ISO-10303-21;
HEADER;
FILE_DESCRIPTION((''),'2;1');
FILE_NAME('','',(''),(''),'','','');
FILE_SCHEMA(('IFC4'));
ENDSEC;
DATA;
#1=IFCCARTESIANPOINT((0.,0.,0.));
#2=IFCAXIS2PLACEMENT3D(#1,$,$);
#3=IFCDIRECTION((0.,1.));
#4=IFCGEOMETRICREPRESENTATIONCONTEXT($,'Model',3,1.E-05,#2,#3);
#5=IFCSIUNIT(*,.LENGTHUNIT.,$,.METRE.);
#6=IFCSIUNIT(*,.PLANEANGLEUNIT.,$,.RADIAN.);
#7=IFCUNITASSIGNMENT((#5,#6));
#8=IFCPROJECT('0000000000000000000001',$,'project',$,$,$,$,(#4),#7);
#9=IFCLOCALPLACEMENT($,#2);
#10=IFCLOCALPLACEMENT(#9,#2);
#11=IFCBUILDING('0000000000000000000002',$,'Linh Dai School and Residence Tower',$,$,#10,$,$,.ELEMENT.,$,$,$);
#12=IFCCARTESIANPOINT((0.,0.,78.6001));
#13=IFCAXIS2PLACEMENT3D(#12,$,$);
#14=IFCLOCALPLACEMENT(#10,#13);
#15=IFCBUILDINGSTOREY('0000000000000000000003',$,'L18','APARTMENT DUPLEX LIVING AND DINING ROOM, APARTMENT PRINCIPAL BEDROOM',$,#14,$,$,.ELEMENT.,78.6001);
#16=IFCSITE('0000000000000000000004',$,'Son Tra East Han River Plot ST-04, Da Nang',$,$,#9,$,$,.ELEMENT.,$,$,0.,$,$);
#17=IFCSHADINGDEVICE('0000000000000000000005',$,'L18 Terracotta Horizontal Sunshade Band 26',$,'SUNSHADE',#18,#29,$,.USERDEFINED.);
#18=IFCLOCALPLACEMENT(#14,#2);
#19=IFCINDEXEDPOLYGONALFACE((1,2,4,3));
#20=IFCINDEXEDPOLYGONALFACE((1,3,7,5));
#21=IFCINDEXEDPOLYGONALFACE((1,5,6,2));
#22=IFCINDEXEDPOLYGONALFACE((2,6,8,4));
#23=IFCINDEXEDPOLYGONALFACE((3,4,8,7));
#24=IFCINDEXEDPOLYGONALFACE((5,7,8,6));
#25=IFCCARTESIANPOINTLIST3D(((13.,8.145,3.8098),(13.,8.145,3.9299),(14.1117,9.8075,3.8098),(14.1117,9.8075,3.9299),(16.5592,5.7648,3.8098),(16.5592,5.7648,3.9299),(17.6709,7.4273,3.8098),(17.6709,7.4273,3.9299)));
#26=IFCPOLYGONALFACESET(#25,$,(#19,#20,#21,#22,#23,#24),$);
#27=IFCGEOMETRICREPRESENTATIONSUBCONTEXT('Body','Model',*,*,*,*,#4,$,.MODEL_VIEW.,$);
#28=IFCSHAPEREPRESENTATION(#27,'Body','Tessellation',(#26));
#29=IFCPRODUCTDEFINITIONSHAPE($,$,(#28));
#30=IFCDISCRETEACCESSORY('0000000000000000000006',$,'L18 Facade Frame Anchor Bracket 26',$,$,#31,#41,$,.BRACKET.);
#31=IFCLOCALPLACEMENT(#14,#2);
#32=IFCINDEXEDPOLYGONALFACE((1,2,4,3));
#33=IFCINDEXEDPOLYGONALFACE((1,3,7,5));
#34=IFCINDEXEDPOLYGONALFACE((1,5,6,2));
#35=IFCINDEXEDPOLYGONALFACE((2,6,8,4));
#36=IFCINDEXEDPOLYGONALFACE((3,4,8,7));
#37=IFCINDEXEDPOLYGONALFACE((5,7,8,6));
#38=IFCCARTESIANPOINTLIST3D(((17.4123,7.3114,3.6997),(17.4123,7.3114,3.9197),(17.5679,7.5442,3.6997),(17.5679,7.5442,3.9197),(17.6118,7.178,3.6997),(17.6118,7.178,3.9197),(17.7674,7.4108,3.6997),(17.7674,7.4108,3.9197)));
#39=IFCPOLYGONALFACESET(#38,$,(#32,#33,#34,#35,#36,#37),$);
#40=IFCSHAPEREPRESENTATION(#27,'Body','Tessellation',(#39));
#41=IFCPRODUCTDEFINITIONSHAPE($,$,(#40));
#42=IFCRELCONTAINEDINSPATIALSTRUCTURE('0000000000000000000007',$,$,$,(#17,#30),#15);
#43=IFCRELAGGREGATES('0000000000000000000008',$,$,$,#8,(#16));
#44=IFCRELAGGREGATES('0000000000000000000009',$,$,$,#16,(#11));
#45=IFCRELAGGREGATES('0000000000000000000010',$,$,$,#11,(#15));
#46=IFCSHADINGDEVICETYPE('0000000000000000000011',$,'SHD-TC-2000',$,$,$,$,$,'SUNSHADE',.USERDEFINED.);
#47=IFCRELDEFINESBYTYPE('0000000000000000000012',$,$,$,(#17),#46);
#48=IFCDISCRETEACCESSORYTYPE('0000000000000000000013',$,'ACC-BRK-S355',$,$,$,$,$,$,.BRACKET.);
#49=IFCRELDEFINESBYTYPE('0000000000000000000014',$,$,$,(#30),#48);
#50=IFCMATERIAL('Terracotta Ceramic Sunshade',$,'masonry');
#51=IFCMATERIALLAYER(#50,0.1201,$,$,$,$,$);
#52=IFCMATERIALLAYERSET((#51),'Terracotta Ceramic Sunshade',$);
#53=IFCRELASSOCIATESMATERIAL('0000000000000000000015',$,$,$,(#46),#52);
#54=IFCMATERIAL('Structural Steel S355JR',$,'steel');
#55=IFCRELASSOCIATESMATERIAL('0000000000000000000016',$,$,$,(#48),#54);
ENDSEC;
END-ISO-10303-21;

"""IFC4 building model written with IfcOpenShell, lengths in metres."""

from ifc_helpers import new_model, si_unit, direction, frame, origin, origin_2d, place, context, subcontext, project, spatial, rectangle, extrude, source, transform, mapped, material, layer, layer_set, type_object, element, save


model = new_model("IFC4")

# Units and contexts
model_context = context("Model", 3, precision=1e-05, world=origin(), true_north=direction((0.0, 1.0)))
body_context = subcontext(model_context, "Body", "Model", "MODEL_VIEW")
ifc_project = project(units=[si_unit("LENGTHUNIT", "METRE"), si_unit("PLANEANGLEUNIT", "RADIAN")], contexts=[model_context])

# Site, building, storey
site_placement = place(None, origin())
site = spatial("IfcSite", under=ifc_project, at=site_placement, Name="Son Tra East Han River Plot ST-04, Da Nang", CompositionType="ELEMENT", RefElevation=0.0)
building_placement = place(site_placement, origin())
building = spatial("IfcBuilding", under=site, at=building_placement, Name="Linh Dai School and Residence Tower", CompositionType="ELEMENT")
storey_placement = place(building_placement, frame((0.0, 0.0, 78.6001)))
storey = spatial("IfcBuildingStorey", under=building, at=storey_placement, Name="L18", Description="APARTMENT DUPLEX LIVING AND DINING ROOM, APARTMENT PRINCIPAL BEDROOM", CompositionType="ELEMENT", Elevation=78.6001)

# Shared definitions
ifc_material_1 = material(Name="Structural Steel S355JR", Category="steel")

# Shading device
ifc_material_2 = material(Name="Terracotta Ceramic Sunshade", Category="masonry")
ifc_layer_1 = layer(ifc_material_2, 0.1201)
ifc_layer_set_1 = layer_set([ifc_layer_1], Name="Terracotta Ceramic Sunshade")
shading_device_type = type_object("IfcShadingDeviceType", Name="SHD-TC-2000", ElementType="SUNSHADE", PredefinedType="USERDEFINED", material=ifc_layer_set_1)
shared_shape_1 = source(origin(), body_context, "Body", "SweptSolid", [
    extrude(rectangle(XDim=4.2817, YDim=2.0, at=origin_2d()), origin(), (0.0, 0.0, 1.0), 0.1201),
])
shading_device_placement = place(storey_placement, frame((15.3354, 7.7861, 3.8098), z_axis=(0.0, 0.0, 1.0), x_axis=(-0.831251, 0.555898, 0.0)))
element("IfcShadingDevice", 1, at=shading_device_placement, inside=storey, type_object=shading_device_type, Name="L18 Terracotta Horizontal Sunshade Band 26", ObjectType="SUNSHADE", PredefinedType="USERDEFINED", context=body_context, shape_type="MappedRepresentation", body=[
    mapped(shared_shape_1, transform((0.0, 0.0, 0.0), x_axis=(1.0, 0.0, 0.0), y_axis=(0.0, 1.0, 0.0), z_axis=(0.0, 0.0, 1.0), scale=1.0)),
])

# Discrete accessory
discrete_accessory_type = type_object("IfcDiscreteAccessoryType", Name="ACC-BRK-S355", PredefinedType="BRACKET", material=ifc_material_1)
shared_shape_2 = source(origin(), body_context, "Body", "SweptSolid", [
    extrude(rectangle(XDim=0.28, YDim=0.24, at=origin_2d()), origin(), (0.0, 0.0, 1.0), 0.22),
])
discrete_accessory_placement = place(storey_placement, frame((17.5898, 7.3611, 3.6997), z_axis=(0.0, 0.0, 1.0), x_axis=(-0.555898, -0.831251, 0.0)))
element("IfcDiscreteAccessory", 2, at=discrete_accessory_placement, inside=storey, type_object=discrete_accessory_type, Name="L18 Facade Frame Anchor Bracket 26", PredefinedType="BRACKET", context=body_context, shape_type="MappedRepresentation", body=[
    mapped(shared_shape_2, transform((0.0, 0.0, 0.0), x_axis=(1.0, 0.0, 0.0), y_axis=(0.0, 1.0, 0.0), z_axis=(0.0, 0.0, 1.0), scale=1.0)),
])

save(model, "model.ifc")
